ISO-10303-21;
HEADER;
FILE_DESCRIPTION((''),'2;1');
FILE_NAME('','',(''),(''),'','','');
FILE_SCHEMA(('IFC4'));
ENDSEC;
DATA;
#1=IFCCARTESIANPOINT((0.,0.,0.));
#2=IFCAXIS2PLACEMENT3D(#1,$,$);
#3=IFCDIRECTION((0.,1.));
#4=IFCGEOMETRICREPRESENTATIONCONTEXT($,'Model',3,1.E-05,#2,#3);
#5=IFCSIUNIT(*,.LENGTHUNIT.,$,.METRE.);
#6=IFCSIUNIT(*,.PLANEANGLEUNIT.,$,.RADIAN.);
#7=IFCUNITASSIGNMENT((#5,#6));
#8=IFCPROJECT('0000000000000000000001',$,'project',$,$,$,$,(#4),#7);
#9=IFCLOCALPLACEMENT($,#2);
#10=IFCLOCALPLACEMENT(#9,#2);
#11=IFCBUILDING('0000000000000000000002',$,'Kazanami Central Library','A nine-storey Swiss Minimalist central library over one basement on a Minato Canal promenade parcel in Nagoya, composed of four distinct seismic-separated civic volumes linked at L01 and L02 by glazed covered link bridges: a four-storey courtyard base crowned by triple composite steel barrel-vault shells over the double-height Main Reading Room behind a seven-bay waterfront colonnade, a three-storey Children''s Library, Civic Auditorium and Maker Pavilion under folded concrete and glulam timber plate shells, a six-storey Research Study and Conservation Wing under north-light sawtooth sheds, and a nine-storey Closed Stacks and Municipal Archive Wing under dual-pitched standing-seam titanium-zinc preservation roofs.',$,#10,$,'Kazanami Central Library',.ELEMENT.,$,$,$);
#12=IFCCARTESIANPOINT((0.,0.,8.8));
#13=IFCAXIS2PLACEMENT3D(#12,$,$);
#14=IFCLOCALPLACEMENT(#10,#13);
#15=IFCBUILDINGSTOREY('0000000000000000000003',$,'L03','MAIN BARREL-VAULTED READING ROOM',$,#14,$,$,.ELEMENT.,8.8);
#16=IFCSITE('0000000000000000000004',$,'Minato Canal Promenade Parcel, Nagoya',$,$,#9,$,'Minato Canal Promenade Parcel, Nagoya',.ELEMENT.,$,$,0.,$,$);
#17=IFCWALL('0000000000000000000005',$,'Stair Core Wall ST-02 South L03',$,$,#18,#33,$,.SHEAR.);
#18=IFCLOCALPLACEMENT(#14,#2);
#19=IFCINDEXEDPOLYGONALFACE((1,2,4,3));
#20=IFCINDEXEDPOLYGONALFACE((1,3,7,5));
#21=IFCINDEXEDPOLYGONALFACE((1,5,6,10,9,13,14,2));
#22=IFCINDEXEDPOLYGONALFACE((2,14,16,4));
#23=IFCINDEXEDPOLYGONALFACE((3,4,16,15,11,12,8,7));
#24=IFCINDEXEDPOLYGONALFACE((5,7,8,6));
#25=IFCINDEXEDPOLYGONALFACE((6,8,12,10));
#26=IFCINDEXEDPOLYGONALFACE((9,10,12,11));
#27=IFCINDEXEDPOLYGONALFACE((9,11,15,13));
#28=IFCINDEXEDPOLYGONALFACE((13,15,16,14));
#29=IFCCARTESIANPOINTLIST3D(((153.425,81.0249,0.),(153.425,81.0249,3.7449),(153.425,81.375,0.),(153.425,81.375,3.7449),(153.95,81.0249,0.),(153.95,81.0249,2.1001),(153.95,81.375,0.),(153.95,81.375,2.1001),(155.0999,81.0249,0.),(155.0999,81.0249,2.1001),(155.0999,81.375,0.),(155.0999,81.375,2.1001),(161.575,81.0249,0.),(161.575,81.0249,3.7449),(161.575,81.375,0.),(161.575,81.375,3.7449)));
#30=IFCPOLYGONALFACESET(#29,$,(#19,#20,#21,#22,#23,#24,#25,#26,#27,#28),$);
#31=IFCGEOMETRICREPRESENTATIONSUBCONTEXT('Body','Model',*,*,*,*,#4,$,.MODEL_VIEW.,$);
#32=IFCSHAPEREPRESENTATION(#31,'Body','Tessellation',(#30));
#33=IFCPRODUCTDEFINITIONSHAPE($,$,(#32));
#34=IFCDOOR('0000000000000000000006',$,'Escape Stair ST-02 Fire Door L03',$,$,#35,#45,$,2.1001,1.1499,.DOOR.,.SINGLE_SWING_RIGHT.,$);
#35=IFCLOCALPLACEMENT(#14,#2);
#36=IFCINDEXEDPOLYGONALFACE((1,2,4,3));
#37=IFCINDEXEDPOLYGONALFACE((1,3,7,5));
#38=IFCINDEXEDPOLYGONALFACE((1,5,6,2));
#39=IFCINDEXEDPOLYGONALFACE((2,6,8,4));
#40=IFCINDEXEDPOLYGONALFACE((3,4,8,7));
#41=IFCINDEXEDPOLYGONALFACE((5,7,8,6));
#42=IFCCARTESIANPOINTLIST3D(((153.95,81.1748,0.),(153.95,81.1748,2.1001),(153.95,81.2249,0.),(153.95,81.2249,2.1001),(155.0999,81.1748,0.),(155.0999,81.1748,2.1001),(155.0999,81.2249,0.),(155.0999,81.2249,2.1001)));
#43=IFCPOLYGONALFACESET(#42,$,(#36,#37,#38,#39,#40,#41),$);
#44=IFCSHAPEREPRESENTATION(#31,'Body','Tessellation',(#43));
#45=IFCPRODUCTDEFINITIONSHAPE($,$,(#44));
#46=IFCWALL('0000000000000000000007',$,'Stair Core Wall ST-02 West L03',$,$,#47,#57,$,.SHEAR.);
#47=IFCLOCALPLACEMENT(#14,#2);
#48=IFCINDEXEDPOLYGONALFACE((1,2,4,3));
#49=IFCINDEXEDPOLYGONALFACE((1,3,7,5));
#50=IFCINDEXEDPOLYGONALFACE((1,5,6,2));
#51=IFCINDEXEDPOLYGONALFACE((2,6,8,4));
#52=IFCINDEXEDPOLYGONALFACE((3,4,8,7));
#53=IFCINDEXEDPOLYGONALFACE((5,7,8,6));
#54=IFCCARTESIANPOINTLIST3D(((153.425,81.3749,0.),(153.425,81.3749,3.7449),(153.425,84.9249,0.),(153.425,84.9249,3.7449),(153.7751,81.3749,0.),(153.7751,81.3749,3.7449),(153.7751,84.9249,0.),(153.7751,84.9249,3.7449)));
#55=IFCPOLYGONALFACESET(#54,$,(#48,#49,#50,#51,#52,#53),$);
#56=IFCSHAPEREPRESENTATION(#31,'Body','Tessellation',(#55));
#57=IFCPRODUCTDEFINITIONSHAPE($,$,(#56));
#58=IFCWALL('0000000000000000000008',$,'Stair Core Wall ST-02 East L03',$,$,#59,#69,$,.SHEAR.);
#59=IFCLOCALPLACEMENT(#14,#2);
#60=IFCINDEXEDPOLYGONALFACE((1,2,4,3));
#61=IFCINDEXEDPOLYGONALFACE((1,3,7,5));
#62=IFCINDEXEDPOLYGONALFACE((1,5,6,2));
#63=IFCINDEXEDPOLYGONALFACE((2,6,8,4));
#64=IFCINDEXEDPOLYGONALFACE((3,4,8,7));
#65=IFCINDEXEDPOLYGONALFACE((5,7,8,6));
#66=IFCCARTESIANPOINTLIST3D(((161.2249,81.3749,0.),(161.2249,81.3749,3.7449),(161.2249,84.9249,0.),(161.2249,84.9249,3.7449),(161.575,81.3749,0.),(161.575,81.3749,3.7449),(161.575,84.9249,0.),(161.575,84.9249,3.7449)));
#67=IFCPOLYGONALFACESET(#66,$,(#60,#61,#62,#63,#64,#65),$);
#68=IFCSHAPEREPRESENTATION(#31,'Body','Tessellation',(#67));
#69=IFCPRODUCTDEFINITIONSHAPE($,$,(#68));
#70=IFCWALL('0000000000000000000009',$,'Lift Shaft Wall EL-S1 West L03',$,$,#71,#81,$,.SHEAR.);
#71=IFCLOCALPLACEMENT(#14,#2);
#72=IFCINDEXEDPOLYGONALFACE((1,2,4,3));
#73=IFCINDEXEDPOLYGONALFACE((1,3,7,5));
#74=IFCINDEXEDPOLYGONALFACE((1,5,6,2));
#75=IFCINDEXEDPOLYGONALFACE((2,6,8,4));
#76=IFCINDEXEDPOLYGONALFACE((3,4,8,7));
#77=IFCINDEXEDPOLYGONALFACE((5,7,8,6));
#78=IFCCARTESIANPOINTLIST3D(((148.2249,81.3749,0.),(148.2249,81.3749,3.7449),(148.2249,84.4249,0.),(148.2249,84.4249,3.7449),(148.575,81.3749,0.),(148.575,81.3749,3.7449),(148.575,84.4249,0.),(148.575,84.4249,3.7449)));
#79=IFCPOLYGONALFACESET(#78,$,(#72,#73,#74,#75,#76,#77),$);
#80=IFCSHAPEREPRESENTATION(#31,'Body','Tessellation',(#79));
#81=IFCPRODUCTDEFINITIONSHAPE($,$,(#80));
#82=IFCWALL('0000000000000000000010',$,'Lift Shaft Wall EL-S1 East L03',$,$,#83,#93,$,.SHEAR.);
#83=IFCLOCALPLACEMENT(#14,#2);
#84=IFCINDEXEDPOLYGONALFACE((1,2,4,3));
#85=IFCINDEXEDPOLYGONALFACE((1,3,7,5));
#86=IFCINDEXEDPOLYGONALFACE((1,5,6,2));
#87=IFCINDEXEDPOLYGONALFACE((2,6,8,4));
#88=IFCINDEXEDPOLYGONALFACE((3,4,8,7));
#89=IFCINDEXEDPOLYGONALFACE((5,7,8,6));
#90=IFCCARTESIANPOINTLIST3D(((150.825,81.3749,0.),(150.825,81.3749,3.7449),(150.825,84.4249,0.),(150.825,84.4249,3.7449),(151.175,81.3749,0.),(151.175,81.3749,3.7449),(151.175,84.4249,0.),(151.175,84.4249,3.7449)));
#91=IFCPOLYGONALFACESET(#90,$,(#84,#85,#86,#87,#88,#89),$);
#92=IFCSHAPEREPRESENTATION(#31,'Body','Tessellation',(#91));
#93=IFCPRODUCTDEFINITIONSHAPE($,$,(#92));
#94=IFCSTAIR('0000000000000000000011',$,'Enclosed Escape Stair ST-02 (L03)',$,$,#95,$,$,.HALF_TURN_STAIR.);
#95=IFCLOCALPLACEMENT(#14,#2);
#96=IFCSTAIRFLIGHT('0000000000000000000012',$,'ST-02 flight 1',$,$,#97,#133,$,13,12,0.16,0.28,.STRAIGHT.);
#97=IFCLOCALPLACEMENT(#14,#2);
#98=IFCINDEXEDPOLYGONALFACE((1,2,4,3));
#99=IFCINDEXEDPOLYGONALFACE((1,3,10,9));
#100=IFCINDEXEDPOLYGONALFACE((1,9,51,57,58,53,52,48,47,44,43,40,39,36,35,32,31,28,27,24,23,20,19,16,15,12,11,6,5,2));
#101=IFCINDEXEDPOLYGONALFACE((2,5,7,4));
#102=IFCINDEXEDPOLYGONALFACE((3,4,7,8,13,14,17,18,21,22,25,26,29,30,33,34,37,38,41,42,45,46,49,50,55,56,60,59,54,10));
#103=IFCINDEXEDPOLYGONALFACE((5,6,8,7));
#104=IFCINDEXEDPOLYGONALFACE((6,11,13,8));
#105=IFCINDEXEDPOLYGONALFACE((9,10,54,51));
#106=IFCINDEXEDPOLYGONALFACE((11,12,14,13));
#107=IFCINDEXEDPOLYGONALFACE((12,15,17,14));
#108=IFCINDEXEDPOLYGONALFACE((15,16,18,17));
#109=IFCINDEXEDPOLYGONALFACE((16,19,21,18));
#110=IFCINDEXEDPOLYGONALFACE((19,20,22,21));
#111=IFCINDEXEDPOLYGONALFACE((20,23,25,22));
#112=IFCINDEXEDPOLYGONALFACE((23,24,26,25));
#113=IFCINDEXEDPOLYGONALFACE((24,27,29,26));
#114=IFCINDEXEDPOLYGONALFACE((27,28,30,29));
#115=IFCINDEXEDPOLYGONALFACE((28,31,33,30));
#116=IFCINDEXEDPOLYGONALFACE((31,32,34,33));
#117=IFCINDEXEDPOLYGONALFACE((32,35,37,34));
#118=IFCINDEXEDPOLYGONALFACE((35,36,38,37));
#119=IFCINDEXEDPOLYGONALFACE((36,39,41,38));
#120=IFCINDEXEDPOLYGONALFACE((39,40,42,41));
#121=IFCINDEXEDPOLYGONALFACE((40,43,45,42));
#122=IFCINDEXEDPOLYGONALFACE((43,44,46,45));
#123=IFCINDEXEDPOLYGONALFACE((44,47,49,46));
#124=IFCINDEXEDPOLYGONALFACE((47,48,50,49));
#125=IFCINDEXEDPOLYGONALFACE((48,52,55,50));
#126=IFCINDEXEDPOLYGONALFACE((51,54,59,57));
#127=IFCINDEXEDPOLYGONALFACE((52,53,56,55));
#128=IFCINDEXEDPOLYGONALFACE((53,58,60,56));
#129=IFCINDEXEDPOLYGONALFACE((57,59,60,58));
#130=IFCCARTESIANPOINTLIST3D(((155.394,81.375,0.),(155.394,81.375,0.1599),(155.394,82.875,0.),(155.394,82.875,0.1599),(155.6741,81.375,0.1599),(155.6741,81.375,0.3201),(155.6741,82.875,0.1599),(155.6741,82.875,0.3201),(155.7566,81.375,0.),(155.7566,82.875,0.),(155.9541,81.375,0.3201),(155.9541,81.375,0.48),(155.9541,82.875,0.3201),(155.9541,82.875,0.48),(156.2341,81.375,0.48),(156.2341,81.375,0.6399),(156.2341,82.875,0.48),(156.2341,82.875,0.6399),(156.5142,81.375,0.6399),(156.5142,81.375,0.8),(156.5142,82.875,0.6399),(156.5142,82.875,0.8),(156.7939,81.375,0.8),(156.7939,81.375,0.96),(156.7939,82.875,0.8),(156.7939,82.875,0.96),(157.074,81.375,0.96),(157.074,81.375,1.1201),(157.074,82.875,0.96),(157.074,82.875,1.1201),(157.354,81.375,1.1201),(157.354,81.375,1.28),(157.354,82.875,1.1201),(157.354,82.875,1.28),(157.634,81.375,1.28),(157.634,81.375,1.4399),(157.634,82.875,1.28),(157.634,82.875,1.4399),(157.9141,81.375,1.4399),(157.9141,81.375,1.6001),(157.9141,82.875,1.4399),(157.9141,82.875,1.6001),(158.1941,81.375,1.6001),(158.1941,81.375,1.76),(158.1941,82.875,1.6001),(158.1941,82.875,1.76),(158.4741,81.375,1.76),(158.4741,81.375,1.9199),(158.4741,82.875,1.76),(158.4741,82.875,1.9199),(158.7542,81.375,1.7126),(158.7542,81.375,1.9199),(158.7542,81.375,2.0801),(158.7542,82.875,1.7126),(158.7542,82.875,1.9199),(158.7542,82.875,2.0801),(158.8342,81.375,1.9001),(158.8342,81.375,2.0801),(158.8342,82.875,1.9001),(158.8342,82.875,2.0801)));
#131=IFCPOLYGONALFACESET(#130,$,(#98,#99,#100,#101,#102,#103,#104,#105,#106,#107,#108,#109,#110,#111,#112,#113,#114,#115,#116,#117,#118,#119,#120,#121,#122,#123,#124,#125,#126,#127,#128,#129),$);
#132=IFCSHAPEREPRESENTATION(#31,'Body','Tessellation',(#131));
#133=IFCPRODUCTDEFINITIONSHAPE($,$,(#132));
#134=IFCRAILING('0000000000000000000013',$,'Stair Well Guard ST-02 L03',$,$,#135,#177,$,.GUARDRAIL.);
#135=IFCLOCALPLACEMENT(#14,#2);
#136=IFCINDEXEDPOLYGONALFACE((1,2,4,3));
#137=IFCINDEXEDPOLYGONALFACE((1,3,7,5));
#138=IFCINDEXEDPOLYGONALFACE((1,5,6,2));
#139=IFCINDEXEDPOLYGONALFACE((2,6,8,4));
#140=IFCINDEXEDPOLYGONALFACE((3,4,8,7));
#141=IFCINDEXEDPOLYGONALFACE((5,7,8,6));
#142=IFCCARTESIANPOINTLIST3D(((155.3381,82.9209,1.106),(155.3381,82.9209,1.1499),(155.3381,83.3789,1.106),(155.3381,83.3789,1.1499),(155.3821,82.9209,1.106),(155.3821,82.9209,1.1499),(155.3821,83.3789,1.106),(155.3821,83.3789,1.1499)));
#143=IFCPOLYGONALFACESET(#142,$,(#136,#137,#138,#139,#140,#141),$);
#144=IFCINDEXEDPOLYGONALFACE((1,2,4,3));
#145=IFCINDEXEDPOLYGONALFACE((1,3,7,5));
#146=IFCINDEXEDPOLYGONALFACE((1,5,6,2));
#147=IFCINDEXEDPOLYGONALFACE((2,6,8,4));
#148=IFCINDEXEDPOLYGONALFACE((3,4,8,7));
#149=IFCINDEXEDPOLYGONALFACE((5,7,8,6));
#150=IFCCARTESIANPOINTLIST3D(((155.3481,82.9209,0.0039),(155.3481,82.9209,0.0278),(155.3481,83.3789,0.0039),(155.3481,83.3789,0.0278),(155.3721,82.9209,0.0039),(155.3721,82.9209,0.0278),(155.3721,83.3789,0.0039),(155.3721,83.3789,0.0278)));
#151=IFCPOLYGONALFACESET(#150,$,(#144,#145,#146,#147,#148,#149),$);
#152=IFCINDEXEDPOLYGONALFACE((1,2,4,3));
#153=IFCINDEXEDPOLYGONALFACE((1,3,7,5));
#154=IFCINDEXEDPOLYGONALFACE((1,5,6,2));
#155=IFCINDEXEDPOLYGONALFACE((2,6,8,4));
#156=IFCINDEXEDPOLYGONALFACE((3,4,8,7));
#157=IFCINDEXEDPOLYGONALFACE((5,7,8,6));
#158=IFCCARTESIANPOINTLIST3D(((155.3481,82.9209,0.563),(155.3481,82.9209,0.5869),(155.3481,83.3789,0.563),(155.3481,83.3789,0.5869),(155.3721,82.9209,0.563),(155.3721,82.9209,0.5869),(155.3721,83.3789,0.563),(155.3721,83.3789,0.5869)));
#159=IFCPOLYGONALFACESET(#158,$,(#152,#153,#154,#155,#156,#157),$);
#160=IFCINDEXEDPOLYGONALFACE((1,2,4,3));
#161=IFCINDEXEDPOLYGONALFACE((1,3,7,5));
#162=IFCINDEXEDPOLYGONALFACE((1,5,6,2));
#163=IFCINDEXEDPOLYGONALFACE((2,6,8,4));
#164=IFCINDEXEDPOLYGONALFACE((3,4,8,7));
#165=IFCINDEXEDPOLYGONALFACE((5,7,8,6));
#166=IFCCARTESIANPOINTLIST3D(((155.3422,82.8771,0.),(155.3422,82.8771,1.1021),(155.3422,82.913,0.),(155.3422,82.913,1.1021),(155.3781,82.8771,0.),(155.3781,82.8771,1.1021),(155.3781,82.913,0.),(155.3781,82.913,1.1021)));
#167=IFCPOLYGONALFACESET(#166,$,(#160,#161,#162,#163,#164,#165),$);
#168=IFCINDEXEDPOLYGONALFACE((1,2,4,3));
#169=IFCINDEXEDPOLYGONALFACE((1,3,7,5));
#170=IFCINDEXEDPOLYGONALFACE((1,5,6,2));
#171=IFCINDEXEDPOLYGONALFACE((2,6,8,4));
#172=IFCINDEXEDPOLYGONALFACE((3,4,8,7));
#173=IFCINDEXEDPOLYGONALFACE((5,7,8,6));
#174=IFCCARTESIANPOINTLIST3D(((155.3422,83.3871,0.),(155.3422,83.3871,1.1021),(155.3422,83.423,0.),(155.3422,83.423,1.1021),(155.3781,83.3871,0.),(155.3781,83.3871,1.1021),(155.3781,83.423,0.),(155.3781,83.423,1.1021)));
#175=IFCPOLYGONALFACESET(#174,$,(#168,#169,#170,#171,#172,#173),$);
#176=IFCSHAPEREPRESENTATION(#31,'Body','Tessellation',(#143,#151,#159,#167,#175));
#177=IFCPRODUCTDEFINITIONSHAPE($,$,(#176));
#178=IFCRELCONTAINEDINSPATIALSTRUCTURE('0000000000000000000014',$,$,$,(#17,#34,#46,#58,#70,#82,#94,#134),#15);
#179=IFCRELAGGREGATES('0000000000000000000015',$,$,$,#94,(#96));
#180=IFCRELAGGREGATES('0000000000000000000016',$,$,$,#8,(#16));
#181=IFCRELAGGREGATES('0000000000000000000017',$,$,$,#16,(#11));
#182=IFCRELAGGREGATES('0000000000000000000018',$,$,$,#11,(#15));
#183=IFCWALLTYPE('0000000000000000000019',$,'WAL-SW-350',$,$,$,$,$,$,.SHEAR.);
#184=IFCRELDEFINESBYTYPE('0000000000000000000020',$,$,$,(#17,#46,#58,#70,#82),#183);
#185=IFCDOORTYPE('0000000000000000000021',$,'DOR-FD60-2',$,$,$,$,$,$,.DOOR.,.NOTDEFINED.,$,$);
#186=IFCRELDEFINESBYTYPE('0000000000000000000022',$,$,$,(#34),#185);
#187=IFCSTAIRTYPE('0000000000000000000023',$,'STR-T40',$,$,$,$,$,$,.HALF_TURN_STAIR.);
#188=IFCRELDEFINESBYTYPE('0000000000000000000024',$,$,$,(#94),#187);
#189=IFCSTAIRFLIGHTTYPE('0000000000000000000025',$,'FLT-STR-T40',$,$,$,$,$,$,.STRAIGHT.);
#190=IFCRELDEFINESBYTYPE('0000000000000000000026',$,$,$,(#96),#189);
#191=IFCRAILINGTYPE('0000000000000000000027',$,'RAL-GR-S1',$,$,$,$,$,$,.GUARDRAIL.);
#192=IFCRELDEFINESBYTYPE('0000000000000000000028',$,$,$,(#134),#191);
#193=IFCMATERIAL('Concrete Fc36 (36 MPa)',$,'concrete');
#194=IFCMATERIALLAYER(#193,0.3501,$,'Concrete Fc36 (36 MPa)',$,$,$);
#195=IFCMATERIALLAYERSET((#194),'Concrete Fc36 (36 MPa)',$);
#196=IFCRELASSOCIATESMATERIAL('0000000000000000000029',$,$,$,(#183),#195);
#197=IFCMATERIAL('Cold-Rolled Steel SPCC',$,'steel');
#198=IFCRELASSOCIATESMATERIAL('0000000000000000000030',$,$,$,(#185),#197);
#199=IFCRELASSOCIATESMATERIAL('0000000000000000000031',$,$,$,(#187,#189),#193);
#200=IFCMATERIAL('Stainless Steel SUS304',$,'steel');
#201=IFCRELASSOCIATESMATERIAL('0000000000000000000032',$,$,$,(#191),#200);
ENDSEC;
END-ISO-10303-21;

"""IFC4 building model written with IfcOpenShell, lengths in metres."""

from ifc_helpers import new_model, si_unit, direction, frame, frame_2d, origin, origin_2d, place, context, subcontext, project, spatial, polyline, rectangle, outline, extrude, material, layer, layer_set, type_object, element, fill, aggregate, save


model = new_model("IFC4")

# Units and contexts
model_context = context("Model", 3, precision=1e-05, world=origin(), true_north=direction((0.0, 1.0)))
body_context = subcontext(model_context, "Body", "Model", "MODEL_VIEW")
ifc_project = project(units=[si_unit("LENGTHUNIT", "METRE"), si_unit("PLANEANGLEUNIT", "RADIAN")], contexts=[model_context])

# Site, building, storey
site_placement = place(None, origin())
site = spatial("IfcSite", under=ifc_project, at=site_placement, Name="Minato Canal Promenade Parcel, Nagoya", LongName="Minato Canal Promenade Parcel, Nagoya", CompositionType="ELEMENT", RefElevation=0.0)
building_placement = place(site_placement, origin())
building = spatial("IfcBuilding", under=site, at=building_placement, Name="Kazanami Central Library", Description="A nine-storey Swiss Minimalist central library over one basement on a Minato Canal promenade parcel in Nagoya, composed of four distinct seismic-separated civic volumes linked at L01 and L02 by glazed covered link bridges: a four-storey courtyard base crowned by triple composite steel barrel-vault shells over the double-height Main Reading Room behind a seven-bay waterfront colonnade, a three-storey Children's Library, Civic Auditorium and Maker Pavilion under folded concrete and glulam timber plate shells, a six-storey Research Study and Conservation Wing under north-light sawtooth sheds, and a nine-storey Closed Stacks and Municipal Archive Wing under dual-pitched standing-seam titanium-zinc preservation roofs.", LongName="Kazanami Central Library", CompositionType="ELEMENT")
storey_placement = place(building_placement, frame((0.0, 0.0, 8.8)))
storey = spatial("IfcBuildingStorey", under=building, at=storey_placement, Name="L03", Description="MAIN BARREL-VAULTED READING ROOM", CompositionType="ELEMENT", Elevation=8.8)

# Shared definitions
ifc_material_1 = material(Name="Concrete Fc36 (36 MPa)", Category="concrete")

# Wall, opening, door
ifc_layer_1 = layer(ifc_material_1, 0.3501, Name="Concrete Fc36 (36 MPa)")
ifc_layer_set_1 = layer_set([ifc_layer_1], Name="Concrete Fc36 (36 MPa)")
wall_type_1 = type_object("IfcWallType", Name="WAL-SW-350", PredefinedType="SHEAR", material=ifc_layer_set_1)
wall_1_placement = place(storey_placement, frame((153.425, 81.2, 0.0), z_axis=(0.0, 0.0, 1.0), x_axis=(1.0, 0.0, 0.0)))
wall_1 = element("IfcWall", 1, at=wall_1_placement, inside=storey, type_object=wall_type_1, Name="Stair Core Wall ST-02 South L03", PredefinedType="SHEAR", context=body_context, shape_type="SweptSolid", body=[
    extrude(rectangle(XDim=8.1499, YDim=0.3501, at=frame_2d((4.075, 0.0))), origin(), (0.0, 0.0, 1.0), 3.7449),
])
opening_placement = place(wall_1_placement, frame((0.5249, 0.0, 0.0)))
opening = element("IfcOpeningElement", 2, at=opening_placement, cuts=wall_1, PredefinedType="OPENING", context=body_context, shape_type="SweptSolid", body=[
    extrude(rectangle(XDim=1.1499, YDim=2.1001, at=frame_2d((0.575, 1.05))), frame((0.0, 0.187, 0.0), z_axis=(0.0, -1.0, 0.0), x_axis=(1.0, 0.0, 0.0)), (0.0, 0.0, 1.0), 0.374),
])
ifc_material_2 = material(Name="Cold-Rolled Steel SPCC", Category="steel")
door_type = type_object("IfcDoorType", Name="DOR-FD60-2", OperationType="NOTDEFINED", PredefinedType="DOOR", material=ifc_material_2)
door_placement = place(opening_placement, origin())
door = element("IfcDoor", 3, at=door_placement, inside=storey, type_object=door_type, Name="Escape Stair ST-02 Fire Door L03", OperationType="SINGLE_SWING_RIGHT", OverallHeight=2.1001, OverallWidth=1.1499, PredefinedType="DOOR", context=body_context, shape_type="SweptSolid", body=[
    extrude(rectangle(XDim=1.1499, YDim=2.1001, at=frame_2d((0.575, 1.05))), frame((0.0, 0.0249, 0.0), z_axis=(0.0, -1.0, 0.0), x_axis=(1.0, 0.0, 0.0)), (0.0, 0.0, 1.0), 0.05),
])
fill(opening, door)

# Walls
for number, where, z_axis, x_axis, name in (
    (4, (153.6001, 81.375, 0.0), (0.0, 0.0, 1.0), (0.0, 1.0, 0.0), "Stair Core Wall ST-02 West L03"),
    (5, (161.3999, 81.375, 0.0), (0.0, 0.0, 1.0), (0.0, 1.0, 0.0), "Stair Core Wall ST-02 East L03"),
):
    element("IfcWall", number, at=place(storey_placement, frame(where, z_axis=z_axis, x_axis=x_axis)), inside=storey, type_object=wall_type_1, Name=name, PredefinedType="SHEAR", context=body_context, shape_type="SweptSolid", body=[
        extrude(rectangle(XDim=3.55, YDim=0.3501, at=frame_2d((1.7749, 0.0))), origin(), (0.0, 0.0, 1.0), 3.7449),
    ])
for number, where, z_axis, x_axis, name in (
    (6, (148.3999, 81.375, 0.0), (0.0, 0.0, 1.0), (0.0, 1.0, 0.0), "Lift Shaft Wall EL-S1 West L03"),
    (7, (151.0, 81.375, 0.0), (0.0, 0.0, 1.0), (0.0, 1.0, 0.0), "Lift Shaft Wall EL-S1 East L03"),
):
    element("IfcWall", number, at=place(storey_placement, frame(where, z_axis=z_axis, x_axis=x_axis)), inside=storey, type_object=wall_type_1, Name=name, PredefinedType="SHEAR", context=body_context, shape_type="SweptSolid", body=[
        extrude(rectangle(XDim=3.05, YDim=0.3501, at=frame_2d((1.5249, 0.0))), origin(), (0.0, 0.0, 1.0), 3.7449),
    ])

# Stair, stair flight
stair_type = type_object("IfcStairType", Name="STR-T40", PredefinedType="HALF_TURN_STAIR", material=ifc_material_1)
stair_placement = place(storey_placement, origin())
stair = element("IfcStair", 8, at=stair_placement, inside=storey, type_object=stair_type, Name="Enclosed Escape Stair ST-02 (L03)", PredefinedType="HALF_TURN_STAIR")
stair_flight_type = type_object("IfcStairFlightType", Name="FLT-STR-T40", PredefinedType="STRAIGHT", material=ifc_material_1)
stair_flight_placement = place(storey_placement, frame((155.394, 82.125, 0.0), z_axis=(0.0, 0.0, 1.0), x_axis=(1.0, 0.0, 0.0)))
stair_flight = element("IfcStairFlight", 9, at=stair_flight_placement, type_object=stair_flight_type, Name="ST-02 flight 1", NumberOfRisers=13, NumberOfTreads=12, PredefinedType="STRAIGHT", RiserHeight=0.16, TreadLength=0.28, context=body_context, shape_type="SweptSolid", body=[
    extrude(outline(polyline([(0.0, 0.0), (0.0, 0.1599), (0.28, 0.1599), (0.28, 0.3201), (0.5601, 0.3201), (0.5601, 0.48), (0.8401, 0.48), (0.8401, 0.6399), (1.1201, 0.6399), (1.1201, 0.8), (1.3999, 0.8), (1.3999, 0.96), (1.6799, 0.96), (1.6799, 1.1201), (1.96, 1.1201), (1.96, 1.28), (2.24, 1.28), (2.24, 1.4399), (2.52, 1.4399), (2.52, 1.6001), (2.8, 1.6001), (2.8, 1.76), (3.0801, 1.76), (3.0801, 1.9199), (3.3601, 1.9199), (3.3601, 2.0801), (3.4402, 2.0801), (3.4402, 1.9001), (3.3601, 1.7126), (0.3625, 0.0), (0.0, 0.0)])), frame((0.0, 0.75, 0.0), z_axis=(0.0, -1.0, 0.0), x_axis=(1.0, 0.0, 0.0)), (0.0, 0.0, 1.0), 1.5),
])
aggregate(stair, [stair_flight])

# Railing
ifc_material_3 = material(Name="Stainless Steel SUS304", Category="steel")
railing_type_1 = type_object("IfcRailingType", Name="RAL-GR-S1", PredefinedType="GUARDRAIL", material=ifc_material_3)
railing_1_placement = place(storey_placement, frame((155.3601, 82.895, 0.0)))
element("IfcRailing", 10, at=railing_1_placement, inside=storey, type_object=railing_type_1, Name="Stair Well Guard ST-02 L03", PredefinedType="GUARDRAIL", context=body_context, shape_type="SweptSolid", body=[
    extrude(rectangle(XDim=0.0439, YDim=0.0439, at=origin_2d()), frame((0.0, 0.0259, 1.1279), z_axis=(0.0, 1.0, 0.0), x_axis=(-1.0, 0.0, 0.0)), (0.0, 0.0, 1.0), 0.458),
    extrude(rectangle(XDim=0.0239, YDim=0.0239, at=origin_2d()), frame((0.0, 0.0259, 0.0159), z_axis=(0.0, 1.0, 0.0), x_axis=(-1.0, 0.0, 0.0)), (0.0, 0.0, 1.0), 0.458),
    extrude(rectangle(XDim=0.0239, YDim=0.0239, at=origin_2d()), frame((0.0, 0.0259, 0.575), z_axis=(0.0, 1.0, 0.0), x_axis=(-1.0, 0.0, 0.0)), (0.0, 0.0, 1.0), 0.458),
    extrude(rectangle(XDim=0.0359, YDim=0.0359, at=origin_2d()), origin(), (0.0, 0.0, 1.0), 1.1021),
    extrude(rectangle(XDim=0.0359, YDim=0.0359, at=origin_2d()), frame((0.0, 0.51, 0.0)), (0.0, 0.0, 1.0), 1.1021),
])

save(model, "model.ifc")
